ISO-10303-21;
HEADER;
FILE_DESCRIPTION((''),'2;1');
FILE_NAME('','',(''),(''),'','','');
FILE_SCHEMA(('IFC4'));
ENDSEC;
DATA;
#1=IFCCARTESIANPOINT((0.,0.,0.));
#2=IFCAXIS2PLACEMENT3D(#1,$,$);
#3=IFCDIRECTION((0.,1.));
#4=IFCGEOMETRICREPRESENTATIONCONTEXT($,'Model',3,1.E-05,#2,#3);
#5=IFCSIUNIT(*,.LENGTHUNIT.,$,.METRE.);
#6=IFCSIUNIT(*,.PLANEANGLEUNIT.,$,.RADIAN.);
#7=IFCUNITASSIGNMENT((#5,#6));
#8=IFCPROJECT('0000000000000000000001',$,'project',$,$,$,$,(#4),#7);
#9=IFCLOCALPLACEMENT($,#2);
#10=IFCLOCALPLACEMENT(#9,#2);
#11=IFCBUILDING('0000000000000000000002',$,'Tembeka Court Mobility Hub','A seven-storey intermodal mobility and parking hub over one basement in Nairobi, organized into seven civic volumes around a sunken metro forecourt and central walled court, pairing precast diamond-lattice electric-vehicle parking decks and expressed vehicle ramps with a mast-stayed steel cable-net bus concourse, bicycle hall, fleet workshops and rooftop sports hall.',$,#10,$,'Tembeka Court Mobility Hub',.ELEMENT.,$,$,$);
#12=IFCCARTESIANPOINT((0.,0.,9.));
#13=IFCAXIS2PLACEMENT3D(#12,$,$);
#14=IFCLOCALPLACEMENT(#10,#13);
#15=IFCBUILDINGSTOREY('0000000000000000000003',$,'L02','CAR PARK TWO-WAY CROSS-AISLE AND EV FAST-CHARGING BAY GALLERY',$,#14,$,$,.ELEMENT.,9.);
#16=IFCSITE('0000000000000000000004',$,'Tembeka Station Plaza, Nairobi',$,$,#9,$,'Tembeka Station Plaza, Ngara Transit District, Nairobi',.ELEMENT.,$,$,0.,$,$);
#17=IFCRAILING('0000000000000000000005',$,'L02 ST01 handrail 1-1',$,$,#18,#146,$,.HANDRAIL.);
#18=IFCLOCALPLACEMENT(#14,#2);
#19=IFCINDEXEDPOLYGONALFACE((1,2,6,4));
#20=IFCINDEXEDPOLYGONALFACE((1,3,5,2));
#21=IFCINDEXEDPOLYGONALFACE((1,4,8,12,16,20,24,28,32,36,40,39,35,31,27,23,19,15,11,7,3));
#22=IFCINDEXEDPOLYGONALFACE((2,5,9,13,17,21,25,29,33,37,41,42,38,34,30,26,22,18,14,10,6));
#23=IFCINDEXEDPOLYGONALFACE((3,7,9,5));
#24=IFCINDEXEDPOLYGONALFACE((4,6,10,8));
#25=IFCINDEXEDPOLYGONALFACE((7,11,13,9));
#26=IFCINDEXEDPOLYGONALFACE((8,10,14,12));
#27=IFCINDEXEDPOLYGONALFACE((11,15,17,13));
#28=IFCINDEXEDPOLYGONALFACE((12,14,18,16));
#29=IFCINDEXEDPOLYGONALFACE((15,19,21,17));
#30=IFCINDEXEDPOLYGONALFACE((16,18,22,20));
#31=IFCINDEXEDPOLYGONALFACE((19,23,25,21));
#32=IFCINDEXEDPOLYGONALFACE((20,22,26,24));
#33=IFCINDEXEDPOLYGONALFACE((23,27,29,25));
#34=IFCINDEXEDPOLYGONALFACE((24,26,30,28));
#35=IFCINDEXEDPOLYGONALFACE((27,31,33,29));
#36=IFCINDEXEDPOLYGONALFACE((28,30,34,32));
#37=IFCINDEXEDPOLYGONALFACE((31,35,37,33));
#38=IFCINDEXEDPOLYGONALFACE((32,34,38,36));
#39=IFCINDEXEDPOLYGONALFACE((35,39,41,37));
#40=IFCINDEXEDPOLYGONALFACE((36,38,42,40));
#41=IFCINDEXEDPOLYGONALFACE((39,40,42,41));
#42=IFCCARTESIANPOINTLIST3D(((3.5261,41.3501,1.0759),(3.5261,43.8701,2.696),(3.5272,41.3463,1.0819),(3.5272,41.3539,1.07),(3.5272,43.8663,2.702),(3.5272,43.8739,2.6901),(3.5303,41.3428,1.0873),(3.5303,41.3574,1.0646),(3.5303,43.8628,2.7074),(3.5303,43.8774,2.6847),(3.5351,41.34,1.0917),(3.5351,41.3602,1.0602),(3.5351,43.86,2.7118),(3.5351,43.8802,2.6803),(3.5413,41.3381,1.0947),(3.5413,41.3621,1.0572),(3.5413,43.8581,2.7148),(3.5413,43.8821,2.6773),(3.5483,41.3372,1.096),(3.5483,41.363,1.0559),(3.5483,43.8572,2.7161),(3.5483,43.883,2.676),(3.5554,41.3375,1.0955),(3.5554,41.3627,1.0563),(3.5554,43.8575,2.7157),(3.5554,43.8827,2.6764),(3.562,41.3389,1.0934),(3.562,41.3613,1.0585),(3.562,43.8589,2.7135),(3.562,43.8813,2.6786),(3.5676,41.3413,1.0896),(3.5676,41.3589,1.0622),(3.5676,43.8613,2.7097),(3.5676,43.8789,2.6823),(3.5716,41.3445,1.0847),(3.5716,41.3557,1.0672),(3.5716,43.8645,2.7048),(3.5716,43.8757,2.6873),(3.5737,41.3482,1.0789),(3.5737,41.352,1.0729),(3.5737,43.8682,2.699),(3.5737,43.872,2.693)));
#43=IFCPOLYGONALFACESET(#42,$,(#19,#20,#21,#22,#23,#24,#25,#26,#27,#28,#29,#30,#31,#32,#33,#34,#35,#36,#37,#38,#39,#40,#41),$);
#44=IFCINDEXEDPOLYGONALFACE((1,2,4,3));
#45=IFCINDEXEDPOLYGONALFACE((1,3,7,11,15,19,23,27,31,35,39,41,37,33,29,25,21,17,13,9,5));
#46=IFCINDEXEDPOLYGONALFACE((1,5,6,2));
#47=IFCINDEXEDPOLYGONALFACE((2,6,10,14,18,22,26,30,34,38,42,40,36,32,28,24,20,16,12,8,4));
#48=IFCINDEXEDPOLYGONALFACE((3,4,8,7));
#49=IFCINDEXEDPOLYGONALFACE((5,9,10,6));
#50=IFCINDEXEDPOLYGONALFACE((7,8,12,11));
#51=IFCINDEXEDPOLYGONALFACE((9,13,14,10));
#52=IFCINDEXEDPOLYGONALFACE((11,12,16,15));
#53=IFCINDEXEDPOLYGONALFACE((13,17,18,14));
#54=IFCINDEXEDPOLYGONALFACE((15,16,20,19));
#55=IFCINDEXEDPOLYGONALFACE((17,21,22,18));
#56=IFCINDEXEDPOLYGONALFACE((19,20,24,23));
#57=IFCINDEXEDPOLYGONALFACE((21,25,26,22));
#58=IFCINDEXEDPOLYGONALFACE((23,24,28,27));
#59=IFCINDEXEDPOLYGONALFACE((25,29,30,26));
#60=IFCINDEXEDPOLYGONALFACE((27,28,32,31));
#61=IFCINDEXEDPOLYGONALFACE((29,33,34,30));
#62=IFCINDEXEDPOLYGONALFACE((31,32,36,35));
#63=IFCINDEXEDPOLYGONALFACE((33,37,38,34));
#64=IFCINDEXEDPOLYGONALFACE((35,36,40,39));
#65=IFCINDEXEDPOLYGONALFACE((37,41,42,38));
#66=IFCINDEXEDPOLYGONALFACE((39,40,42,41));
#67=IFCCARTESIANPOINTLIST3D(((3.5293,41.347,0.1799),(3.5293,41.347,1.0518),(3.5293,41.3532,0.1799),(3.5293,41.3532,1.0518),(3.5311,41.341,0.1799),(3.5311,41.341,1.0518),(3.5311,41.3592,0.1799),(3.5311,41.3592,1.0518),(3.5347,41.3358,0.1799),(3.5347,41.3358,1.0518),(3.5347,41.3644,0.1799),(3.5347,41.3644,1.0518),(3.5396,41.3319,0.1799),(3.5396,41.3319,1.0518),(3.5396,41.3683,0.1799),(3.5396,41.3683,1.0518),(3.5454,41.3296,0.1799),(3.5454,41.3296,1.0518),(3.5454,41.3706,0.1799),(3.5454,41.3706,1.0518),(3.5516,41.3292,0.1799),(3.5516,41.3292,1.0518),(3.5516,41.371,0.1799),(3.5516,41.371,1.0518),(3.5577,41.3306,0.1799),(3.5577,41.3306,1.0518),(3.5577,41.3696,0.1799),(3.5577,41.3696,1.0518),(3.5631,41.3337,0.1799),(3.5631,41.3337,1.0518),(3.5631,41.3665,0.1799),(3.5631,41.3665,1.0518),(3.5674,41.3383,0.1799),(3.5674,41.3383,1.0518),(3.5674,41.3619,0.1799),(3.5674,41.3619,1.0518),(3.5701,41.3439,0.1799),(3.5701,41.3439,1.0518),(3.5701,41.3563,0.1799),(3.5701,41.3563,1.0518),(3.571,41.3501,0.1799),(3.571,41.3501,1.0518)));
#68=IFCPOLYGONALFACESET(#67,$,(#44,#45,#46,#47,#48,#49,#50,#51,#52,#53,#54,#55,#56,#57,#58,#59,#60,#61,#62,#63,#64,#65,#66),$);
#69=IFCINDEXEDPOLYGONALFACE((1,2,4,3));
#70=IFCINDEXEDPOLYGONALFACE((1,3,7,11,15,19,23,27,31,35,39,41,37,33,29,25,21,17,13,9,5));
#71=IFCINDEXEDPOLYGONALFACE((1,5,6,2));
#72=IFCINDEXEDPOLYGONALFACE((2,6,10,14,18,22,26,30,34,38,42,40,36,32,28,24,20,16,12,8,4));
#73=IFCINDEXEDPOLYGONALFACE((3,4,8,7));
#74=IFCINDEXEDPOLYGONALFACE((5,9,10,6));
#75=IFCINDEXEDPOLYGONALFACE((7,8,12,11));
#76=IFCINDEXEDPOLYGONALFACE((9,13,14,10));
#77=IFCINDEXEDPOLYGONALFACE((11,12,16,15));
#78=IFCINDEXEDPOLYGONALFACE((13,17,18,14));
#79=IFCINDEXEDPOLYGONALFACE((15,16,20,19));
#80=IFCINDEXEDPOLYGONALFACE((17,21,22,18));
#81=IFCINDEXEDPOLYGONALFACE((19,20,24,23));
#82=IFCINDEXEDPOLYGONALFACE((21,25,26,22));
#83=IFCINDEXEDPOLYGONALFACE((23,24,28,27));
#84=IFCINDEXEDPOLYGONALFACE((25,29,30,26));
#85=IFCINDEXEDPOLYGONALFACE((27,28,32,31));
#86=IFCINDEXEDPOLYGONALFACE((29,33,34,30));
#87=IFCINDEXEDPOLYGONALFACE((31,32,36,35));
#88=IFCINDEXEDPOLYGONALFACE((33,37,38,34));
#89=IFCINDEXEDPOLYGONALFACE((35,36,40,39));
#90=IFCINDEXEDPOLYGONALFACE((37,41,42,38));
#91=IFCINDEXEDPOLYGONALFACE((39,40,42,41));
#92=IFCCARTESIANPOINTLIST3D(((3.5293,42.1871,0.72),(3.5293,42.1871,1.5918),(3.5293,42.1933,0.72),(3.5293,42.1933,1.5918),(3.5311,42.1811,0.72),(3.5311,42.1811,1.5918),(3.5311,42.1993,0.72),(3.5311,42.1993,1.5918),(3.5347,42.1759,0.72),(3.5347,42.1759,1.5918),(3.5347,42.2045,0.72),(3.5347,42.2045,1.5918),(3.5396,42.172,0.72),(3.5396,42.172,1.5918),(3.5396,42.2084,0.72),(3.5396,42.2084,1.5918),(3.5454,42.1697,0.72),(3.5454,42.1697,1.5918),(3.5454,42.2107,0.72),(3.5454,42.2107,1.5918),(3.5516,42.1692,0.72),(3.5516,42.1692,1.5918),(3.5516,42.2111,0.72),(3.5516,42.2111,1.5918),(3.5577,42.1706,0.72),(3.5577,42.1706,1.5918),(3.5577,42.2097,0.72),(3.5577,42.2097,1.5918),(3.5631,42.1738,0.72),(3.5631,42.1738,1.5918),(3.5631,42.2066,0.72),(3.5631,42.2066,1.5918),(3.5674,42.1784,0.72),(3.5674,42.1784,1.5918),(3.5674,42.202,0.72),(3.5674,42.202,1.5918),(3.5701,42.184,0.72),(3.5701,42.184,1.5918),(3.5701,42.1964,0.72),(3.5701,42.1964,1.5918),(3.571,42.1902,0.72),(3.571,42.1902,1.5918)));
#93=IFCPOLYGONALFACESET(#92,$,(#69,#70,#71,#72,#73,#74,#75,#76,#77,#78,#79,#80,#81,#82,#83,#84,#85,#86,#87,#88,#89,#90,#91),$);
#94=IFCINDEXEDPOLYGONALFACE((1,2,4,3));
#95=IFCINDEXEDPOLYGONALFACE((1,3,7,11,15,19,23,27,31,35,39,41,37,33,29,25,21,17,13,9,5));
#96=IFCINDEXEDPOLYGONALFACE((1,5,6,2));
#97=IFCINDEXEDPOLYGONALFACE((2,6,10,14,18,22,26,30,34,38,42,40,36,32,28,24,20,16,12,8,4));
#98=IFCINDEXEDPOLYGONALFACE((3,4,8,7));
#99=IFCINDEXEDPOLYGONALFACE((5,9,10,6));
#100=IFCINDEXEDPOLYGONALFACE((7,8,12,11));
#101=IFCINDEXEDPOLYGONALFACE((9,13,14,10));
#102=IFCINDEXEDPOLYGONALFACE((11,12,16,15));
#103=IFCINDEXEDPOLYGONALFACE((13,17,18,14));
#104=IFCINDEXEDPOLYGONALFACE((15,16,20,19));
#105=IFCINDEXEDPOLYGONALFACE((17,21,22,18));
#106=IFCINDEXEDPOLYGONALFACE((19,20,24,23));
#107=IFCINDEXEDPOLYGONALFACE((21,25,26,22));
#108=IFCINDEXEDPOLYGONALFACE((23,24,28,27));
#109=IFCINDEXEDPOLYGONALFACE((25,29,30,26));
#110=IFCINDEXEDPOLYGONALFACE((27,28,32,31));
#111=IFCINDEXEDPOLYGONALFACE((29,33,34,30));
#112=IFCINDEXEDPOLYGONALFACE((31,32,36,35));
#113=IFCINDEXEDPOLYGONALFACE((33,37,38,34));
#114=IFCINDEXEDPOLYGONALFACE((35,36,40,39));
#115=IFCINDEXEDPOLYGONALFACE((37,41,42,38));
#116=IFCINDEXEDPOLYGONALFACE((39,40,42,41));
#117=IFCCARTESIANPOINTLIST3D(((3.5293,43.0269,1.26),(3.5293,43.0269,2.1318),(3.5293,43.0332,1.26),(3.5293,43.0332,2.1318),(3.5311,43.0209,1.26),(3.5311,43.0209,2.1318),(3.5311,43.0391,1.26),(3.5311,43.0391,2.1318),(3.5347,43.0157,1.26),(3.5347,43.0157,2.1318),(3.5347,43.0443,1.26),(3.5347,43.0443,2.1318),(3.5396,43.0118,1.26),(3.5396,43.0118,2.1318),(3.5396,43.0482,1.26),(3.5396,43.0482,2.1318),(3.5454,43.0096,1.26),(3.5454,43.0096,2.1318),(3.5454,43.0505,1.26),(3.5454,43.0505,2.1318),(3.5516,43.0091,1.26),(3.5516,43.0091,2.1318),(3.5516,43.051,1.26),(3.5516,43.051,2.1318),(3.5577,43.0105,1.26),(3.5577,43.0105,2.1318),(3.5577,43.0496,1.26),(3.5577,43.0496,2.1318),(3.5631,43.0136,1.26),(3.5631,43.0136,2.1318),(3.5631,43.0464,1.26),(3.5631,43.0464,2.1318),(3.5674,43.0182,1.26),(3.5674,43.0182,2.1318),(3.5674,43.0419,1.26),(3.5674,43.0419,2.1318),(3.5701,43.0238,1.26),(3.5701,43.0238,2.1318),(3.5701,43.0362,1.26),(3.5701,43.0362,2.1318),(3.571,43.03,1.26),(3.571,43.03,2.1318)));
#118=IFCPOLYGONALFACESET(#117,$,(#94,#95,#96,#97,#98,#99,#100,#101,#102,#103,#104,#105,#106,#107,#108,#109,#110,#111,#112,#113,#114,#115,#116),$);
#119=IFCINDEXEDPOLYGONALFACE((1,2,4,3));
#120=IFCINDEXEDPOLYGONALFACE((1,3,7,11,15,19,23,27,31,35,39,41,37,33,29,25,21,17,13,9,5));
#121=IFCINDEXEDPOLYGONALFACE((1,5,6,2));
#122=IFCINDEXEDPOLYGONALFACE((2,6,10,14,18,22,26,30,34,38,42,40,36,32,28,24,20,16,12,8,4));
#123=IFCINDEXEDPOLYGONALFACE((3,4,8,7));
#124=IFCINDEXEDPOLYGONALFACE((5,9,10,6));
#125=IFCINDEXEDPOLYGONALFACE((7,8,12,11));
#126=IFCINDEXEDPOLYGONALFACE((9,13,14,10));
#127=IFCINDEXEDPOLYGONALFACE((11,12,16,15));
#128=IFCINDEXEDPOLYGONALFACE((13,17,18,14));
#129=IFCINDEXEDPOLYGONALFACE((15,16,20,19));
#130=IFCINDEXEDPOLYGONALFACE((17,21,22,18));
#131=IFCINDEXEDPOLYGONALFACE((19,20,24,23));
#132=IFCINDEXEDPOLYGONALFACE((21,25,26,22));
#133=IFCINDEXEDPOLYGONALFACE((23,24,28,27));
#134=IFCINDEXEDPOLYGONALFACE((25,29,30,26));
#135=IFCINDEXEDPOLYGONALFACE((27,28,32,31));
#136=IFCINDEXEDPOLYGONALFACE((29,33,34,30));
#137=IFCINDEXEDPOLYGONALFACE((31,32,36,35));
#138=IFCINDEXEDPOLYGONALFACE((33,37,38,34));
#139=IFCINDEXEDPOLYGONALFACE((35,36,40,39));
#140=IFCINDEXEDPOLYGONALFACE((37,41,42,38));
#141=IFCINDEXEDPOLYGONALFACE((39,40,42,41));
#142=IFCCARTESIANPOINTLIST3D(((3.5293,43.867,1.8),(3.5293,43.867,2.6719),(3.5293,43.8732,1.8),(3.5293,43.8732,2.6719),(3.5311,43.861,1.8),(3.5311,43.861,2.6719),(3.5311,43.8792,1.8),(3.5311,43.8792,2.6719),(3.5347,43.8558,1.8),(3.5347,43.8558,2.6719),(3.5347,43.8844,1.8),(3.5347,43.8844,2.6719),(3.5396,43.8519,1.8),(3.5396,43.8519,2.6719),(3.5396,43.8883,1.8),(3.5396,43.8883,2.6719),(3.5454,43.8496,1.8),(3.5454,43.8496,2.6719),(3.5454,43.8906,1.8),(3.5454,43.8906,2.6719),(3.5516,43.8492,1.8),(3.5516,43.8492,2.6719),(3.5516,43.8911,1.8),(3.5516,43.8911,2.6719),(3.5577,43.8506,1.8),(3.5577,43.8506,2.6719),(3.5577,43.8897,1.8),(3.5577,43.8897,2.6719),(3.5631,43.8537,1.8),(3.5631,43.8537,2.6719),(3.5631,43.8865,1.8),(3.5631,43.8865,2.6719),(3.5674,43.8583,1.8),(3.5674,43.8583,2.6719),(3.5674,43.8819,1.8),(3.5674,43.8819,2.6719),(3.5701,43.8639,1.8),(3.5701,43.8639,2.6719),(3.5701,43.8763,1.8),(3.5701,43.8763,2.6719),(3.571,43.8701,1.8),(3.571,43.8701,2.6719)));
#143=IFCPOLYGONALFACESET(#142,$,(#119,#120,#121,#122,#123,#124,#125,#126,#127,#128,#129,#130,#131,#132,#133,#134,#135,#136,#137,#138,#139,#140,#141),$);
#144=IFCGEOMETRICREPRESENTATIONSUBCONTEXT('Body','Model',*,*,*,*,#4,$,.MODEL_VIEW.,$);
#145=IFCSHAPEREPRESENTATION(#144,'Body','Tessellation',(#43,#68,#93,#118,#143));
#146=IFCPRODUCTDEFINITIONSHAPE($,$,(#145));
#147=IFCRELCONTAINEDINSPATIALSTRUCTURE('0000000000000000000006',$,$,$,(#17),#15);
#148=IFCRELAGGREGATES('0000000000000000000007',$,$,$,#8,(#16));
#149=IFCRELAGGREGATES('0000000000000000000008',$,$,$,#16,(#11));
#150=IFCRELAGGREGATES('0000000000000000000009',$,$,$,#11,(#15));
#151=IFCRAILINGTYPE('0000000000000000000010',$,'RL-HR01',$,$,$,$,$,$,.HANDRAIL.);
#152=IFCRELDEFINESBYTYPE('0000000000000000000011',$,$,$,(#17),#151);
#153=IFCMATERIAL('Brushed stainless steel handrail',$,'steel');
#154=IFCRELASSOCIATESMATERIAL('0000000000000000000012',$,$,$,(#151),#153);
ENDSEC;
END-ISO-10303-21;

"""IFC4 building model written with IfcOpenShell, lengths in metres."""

from ifc_helpers import new_model, si_unit, direction, frame, origin, origin_2d, place, context, subcontext, project, spatial, circle, extrude, material, type_object, element, save


model = new_model("IFC4")

# Units and contexts
model_context = context("Model", 3, precision=1e-05, world=origin(), true_north=direction((0.0, 1.0)))
body_context = subcontext(model_context, "Body", "Model", "MODEL_VIEW")
ifc_project = project(units=[si_unit("LENGTHUNIT", "METRE"), si_unit("PLANEANGLEUNIT", "RADIAN")], contexts=[model_context])

# Site, building, storey
site_placement = place(None, origin())
site = spatial("IfcSite", under=ifc_project, at=site_placement, Name="Tembeka Station Plaza, Nairobi", LongName="Tembeka Station Plaza, Ngara Transit District, Nairobi", CompositionType="ELEMENT", RefElevation=0.0)
building_placement = place(site_placement, origin())
building = spatial("IfcBuilding", under=site, at=building_placement, Name="Tembeka Court Mobility Hub", Description="A seven-storey intermodal mobility and parking hub over one basement in Nairobi, organized into seven civic volumes around a sunken metro forecourt and central walled court, pairing precast diamond-lattice electric-vehicle parking decks and expressed vehicle ramps with a mast-stayed steel cable-net bus concourse, bicycle hall, fleet workshops and rooftop sports hall.", LongName="Tembeka Court Mobility Hub", CompositionType="ELEMENT")
storey_placement = place(building_placement, frame((0.0, 0.0, 9.0)))
storey = spatial("IfcBuildingStorey", under=building, at=storey_placement, Name="L02", Description="CAR PARK TWO-WAY CROSS-AISLE AND EV FAST-CHARGING BAY GALLERY", CompositionType="ELEMENT", Elevation=9.0)

# Railing
ifc_material_1 = material(Name="Brushed stainless steel handrail", Category="steel")
railing_type_1 = type_object("IfcRailingType", Name="RL-HR01", PredefinedType="HANDRAIL", material=ifc_material_1)
railing_1_placement = place(storey_placement, frame((3.55, 41.3501, 0.1799)))
element("IfcRailing", 1, at=railing_1_placement, inside=storey, type_object=railing_type_1, Name="L02 ST01 handrail 1-1", PredefinedType="HANDRAIL", context=body_context, shape_type="SweptSolid", body=[
    extrude(circle(Radius=0.0239, at=origin_2d()), frame((0.0, 0.0, 0.896), z_axis=(0.0, 0.841163, 0.540782), x_axis=(-1.0, 0.0, 0.0)), (0.0, 0.0, 1.0), 2.9958),
    extrude(circle(Radius=0.021, at=origin_2d()), origin(), (0.0, 0.0, 1.0), 0.8718),
    extrude(circle(Radius=0.021, at=origin_2d()), frame((0.0, 0.8401, 0.54)), (0.0, 0.0, 1.0), 0.8718),
    extrude(circle(Radius=0.021, at=origin_2d()), frame((0.0, 1.6799, 1.0801)), (0.0, 0.0, 1.0), 0.8718),
    extrude(circle(Radius=0.021, at=origin_2d()), frame((0.0, 2.52, 1.6201)), (0.0, 0.0, 1.0), 0.8718),
])

save(model, "model.ifc")
